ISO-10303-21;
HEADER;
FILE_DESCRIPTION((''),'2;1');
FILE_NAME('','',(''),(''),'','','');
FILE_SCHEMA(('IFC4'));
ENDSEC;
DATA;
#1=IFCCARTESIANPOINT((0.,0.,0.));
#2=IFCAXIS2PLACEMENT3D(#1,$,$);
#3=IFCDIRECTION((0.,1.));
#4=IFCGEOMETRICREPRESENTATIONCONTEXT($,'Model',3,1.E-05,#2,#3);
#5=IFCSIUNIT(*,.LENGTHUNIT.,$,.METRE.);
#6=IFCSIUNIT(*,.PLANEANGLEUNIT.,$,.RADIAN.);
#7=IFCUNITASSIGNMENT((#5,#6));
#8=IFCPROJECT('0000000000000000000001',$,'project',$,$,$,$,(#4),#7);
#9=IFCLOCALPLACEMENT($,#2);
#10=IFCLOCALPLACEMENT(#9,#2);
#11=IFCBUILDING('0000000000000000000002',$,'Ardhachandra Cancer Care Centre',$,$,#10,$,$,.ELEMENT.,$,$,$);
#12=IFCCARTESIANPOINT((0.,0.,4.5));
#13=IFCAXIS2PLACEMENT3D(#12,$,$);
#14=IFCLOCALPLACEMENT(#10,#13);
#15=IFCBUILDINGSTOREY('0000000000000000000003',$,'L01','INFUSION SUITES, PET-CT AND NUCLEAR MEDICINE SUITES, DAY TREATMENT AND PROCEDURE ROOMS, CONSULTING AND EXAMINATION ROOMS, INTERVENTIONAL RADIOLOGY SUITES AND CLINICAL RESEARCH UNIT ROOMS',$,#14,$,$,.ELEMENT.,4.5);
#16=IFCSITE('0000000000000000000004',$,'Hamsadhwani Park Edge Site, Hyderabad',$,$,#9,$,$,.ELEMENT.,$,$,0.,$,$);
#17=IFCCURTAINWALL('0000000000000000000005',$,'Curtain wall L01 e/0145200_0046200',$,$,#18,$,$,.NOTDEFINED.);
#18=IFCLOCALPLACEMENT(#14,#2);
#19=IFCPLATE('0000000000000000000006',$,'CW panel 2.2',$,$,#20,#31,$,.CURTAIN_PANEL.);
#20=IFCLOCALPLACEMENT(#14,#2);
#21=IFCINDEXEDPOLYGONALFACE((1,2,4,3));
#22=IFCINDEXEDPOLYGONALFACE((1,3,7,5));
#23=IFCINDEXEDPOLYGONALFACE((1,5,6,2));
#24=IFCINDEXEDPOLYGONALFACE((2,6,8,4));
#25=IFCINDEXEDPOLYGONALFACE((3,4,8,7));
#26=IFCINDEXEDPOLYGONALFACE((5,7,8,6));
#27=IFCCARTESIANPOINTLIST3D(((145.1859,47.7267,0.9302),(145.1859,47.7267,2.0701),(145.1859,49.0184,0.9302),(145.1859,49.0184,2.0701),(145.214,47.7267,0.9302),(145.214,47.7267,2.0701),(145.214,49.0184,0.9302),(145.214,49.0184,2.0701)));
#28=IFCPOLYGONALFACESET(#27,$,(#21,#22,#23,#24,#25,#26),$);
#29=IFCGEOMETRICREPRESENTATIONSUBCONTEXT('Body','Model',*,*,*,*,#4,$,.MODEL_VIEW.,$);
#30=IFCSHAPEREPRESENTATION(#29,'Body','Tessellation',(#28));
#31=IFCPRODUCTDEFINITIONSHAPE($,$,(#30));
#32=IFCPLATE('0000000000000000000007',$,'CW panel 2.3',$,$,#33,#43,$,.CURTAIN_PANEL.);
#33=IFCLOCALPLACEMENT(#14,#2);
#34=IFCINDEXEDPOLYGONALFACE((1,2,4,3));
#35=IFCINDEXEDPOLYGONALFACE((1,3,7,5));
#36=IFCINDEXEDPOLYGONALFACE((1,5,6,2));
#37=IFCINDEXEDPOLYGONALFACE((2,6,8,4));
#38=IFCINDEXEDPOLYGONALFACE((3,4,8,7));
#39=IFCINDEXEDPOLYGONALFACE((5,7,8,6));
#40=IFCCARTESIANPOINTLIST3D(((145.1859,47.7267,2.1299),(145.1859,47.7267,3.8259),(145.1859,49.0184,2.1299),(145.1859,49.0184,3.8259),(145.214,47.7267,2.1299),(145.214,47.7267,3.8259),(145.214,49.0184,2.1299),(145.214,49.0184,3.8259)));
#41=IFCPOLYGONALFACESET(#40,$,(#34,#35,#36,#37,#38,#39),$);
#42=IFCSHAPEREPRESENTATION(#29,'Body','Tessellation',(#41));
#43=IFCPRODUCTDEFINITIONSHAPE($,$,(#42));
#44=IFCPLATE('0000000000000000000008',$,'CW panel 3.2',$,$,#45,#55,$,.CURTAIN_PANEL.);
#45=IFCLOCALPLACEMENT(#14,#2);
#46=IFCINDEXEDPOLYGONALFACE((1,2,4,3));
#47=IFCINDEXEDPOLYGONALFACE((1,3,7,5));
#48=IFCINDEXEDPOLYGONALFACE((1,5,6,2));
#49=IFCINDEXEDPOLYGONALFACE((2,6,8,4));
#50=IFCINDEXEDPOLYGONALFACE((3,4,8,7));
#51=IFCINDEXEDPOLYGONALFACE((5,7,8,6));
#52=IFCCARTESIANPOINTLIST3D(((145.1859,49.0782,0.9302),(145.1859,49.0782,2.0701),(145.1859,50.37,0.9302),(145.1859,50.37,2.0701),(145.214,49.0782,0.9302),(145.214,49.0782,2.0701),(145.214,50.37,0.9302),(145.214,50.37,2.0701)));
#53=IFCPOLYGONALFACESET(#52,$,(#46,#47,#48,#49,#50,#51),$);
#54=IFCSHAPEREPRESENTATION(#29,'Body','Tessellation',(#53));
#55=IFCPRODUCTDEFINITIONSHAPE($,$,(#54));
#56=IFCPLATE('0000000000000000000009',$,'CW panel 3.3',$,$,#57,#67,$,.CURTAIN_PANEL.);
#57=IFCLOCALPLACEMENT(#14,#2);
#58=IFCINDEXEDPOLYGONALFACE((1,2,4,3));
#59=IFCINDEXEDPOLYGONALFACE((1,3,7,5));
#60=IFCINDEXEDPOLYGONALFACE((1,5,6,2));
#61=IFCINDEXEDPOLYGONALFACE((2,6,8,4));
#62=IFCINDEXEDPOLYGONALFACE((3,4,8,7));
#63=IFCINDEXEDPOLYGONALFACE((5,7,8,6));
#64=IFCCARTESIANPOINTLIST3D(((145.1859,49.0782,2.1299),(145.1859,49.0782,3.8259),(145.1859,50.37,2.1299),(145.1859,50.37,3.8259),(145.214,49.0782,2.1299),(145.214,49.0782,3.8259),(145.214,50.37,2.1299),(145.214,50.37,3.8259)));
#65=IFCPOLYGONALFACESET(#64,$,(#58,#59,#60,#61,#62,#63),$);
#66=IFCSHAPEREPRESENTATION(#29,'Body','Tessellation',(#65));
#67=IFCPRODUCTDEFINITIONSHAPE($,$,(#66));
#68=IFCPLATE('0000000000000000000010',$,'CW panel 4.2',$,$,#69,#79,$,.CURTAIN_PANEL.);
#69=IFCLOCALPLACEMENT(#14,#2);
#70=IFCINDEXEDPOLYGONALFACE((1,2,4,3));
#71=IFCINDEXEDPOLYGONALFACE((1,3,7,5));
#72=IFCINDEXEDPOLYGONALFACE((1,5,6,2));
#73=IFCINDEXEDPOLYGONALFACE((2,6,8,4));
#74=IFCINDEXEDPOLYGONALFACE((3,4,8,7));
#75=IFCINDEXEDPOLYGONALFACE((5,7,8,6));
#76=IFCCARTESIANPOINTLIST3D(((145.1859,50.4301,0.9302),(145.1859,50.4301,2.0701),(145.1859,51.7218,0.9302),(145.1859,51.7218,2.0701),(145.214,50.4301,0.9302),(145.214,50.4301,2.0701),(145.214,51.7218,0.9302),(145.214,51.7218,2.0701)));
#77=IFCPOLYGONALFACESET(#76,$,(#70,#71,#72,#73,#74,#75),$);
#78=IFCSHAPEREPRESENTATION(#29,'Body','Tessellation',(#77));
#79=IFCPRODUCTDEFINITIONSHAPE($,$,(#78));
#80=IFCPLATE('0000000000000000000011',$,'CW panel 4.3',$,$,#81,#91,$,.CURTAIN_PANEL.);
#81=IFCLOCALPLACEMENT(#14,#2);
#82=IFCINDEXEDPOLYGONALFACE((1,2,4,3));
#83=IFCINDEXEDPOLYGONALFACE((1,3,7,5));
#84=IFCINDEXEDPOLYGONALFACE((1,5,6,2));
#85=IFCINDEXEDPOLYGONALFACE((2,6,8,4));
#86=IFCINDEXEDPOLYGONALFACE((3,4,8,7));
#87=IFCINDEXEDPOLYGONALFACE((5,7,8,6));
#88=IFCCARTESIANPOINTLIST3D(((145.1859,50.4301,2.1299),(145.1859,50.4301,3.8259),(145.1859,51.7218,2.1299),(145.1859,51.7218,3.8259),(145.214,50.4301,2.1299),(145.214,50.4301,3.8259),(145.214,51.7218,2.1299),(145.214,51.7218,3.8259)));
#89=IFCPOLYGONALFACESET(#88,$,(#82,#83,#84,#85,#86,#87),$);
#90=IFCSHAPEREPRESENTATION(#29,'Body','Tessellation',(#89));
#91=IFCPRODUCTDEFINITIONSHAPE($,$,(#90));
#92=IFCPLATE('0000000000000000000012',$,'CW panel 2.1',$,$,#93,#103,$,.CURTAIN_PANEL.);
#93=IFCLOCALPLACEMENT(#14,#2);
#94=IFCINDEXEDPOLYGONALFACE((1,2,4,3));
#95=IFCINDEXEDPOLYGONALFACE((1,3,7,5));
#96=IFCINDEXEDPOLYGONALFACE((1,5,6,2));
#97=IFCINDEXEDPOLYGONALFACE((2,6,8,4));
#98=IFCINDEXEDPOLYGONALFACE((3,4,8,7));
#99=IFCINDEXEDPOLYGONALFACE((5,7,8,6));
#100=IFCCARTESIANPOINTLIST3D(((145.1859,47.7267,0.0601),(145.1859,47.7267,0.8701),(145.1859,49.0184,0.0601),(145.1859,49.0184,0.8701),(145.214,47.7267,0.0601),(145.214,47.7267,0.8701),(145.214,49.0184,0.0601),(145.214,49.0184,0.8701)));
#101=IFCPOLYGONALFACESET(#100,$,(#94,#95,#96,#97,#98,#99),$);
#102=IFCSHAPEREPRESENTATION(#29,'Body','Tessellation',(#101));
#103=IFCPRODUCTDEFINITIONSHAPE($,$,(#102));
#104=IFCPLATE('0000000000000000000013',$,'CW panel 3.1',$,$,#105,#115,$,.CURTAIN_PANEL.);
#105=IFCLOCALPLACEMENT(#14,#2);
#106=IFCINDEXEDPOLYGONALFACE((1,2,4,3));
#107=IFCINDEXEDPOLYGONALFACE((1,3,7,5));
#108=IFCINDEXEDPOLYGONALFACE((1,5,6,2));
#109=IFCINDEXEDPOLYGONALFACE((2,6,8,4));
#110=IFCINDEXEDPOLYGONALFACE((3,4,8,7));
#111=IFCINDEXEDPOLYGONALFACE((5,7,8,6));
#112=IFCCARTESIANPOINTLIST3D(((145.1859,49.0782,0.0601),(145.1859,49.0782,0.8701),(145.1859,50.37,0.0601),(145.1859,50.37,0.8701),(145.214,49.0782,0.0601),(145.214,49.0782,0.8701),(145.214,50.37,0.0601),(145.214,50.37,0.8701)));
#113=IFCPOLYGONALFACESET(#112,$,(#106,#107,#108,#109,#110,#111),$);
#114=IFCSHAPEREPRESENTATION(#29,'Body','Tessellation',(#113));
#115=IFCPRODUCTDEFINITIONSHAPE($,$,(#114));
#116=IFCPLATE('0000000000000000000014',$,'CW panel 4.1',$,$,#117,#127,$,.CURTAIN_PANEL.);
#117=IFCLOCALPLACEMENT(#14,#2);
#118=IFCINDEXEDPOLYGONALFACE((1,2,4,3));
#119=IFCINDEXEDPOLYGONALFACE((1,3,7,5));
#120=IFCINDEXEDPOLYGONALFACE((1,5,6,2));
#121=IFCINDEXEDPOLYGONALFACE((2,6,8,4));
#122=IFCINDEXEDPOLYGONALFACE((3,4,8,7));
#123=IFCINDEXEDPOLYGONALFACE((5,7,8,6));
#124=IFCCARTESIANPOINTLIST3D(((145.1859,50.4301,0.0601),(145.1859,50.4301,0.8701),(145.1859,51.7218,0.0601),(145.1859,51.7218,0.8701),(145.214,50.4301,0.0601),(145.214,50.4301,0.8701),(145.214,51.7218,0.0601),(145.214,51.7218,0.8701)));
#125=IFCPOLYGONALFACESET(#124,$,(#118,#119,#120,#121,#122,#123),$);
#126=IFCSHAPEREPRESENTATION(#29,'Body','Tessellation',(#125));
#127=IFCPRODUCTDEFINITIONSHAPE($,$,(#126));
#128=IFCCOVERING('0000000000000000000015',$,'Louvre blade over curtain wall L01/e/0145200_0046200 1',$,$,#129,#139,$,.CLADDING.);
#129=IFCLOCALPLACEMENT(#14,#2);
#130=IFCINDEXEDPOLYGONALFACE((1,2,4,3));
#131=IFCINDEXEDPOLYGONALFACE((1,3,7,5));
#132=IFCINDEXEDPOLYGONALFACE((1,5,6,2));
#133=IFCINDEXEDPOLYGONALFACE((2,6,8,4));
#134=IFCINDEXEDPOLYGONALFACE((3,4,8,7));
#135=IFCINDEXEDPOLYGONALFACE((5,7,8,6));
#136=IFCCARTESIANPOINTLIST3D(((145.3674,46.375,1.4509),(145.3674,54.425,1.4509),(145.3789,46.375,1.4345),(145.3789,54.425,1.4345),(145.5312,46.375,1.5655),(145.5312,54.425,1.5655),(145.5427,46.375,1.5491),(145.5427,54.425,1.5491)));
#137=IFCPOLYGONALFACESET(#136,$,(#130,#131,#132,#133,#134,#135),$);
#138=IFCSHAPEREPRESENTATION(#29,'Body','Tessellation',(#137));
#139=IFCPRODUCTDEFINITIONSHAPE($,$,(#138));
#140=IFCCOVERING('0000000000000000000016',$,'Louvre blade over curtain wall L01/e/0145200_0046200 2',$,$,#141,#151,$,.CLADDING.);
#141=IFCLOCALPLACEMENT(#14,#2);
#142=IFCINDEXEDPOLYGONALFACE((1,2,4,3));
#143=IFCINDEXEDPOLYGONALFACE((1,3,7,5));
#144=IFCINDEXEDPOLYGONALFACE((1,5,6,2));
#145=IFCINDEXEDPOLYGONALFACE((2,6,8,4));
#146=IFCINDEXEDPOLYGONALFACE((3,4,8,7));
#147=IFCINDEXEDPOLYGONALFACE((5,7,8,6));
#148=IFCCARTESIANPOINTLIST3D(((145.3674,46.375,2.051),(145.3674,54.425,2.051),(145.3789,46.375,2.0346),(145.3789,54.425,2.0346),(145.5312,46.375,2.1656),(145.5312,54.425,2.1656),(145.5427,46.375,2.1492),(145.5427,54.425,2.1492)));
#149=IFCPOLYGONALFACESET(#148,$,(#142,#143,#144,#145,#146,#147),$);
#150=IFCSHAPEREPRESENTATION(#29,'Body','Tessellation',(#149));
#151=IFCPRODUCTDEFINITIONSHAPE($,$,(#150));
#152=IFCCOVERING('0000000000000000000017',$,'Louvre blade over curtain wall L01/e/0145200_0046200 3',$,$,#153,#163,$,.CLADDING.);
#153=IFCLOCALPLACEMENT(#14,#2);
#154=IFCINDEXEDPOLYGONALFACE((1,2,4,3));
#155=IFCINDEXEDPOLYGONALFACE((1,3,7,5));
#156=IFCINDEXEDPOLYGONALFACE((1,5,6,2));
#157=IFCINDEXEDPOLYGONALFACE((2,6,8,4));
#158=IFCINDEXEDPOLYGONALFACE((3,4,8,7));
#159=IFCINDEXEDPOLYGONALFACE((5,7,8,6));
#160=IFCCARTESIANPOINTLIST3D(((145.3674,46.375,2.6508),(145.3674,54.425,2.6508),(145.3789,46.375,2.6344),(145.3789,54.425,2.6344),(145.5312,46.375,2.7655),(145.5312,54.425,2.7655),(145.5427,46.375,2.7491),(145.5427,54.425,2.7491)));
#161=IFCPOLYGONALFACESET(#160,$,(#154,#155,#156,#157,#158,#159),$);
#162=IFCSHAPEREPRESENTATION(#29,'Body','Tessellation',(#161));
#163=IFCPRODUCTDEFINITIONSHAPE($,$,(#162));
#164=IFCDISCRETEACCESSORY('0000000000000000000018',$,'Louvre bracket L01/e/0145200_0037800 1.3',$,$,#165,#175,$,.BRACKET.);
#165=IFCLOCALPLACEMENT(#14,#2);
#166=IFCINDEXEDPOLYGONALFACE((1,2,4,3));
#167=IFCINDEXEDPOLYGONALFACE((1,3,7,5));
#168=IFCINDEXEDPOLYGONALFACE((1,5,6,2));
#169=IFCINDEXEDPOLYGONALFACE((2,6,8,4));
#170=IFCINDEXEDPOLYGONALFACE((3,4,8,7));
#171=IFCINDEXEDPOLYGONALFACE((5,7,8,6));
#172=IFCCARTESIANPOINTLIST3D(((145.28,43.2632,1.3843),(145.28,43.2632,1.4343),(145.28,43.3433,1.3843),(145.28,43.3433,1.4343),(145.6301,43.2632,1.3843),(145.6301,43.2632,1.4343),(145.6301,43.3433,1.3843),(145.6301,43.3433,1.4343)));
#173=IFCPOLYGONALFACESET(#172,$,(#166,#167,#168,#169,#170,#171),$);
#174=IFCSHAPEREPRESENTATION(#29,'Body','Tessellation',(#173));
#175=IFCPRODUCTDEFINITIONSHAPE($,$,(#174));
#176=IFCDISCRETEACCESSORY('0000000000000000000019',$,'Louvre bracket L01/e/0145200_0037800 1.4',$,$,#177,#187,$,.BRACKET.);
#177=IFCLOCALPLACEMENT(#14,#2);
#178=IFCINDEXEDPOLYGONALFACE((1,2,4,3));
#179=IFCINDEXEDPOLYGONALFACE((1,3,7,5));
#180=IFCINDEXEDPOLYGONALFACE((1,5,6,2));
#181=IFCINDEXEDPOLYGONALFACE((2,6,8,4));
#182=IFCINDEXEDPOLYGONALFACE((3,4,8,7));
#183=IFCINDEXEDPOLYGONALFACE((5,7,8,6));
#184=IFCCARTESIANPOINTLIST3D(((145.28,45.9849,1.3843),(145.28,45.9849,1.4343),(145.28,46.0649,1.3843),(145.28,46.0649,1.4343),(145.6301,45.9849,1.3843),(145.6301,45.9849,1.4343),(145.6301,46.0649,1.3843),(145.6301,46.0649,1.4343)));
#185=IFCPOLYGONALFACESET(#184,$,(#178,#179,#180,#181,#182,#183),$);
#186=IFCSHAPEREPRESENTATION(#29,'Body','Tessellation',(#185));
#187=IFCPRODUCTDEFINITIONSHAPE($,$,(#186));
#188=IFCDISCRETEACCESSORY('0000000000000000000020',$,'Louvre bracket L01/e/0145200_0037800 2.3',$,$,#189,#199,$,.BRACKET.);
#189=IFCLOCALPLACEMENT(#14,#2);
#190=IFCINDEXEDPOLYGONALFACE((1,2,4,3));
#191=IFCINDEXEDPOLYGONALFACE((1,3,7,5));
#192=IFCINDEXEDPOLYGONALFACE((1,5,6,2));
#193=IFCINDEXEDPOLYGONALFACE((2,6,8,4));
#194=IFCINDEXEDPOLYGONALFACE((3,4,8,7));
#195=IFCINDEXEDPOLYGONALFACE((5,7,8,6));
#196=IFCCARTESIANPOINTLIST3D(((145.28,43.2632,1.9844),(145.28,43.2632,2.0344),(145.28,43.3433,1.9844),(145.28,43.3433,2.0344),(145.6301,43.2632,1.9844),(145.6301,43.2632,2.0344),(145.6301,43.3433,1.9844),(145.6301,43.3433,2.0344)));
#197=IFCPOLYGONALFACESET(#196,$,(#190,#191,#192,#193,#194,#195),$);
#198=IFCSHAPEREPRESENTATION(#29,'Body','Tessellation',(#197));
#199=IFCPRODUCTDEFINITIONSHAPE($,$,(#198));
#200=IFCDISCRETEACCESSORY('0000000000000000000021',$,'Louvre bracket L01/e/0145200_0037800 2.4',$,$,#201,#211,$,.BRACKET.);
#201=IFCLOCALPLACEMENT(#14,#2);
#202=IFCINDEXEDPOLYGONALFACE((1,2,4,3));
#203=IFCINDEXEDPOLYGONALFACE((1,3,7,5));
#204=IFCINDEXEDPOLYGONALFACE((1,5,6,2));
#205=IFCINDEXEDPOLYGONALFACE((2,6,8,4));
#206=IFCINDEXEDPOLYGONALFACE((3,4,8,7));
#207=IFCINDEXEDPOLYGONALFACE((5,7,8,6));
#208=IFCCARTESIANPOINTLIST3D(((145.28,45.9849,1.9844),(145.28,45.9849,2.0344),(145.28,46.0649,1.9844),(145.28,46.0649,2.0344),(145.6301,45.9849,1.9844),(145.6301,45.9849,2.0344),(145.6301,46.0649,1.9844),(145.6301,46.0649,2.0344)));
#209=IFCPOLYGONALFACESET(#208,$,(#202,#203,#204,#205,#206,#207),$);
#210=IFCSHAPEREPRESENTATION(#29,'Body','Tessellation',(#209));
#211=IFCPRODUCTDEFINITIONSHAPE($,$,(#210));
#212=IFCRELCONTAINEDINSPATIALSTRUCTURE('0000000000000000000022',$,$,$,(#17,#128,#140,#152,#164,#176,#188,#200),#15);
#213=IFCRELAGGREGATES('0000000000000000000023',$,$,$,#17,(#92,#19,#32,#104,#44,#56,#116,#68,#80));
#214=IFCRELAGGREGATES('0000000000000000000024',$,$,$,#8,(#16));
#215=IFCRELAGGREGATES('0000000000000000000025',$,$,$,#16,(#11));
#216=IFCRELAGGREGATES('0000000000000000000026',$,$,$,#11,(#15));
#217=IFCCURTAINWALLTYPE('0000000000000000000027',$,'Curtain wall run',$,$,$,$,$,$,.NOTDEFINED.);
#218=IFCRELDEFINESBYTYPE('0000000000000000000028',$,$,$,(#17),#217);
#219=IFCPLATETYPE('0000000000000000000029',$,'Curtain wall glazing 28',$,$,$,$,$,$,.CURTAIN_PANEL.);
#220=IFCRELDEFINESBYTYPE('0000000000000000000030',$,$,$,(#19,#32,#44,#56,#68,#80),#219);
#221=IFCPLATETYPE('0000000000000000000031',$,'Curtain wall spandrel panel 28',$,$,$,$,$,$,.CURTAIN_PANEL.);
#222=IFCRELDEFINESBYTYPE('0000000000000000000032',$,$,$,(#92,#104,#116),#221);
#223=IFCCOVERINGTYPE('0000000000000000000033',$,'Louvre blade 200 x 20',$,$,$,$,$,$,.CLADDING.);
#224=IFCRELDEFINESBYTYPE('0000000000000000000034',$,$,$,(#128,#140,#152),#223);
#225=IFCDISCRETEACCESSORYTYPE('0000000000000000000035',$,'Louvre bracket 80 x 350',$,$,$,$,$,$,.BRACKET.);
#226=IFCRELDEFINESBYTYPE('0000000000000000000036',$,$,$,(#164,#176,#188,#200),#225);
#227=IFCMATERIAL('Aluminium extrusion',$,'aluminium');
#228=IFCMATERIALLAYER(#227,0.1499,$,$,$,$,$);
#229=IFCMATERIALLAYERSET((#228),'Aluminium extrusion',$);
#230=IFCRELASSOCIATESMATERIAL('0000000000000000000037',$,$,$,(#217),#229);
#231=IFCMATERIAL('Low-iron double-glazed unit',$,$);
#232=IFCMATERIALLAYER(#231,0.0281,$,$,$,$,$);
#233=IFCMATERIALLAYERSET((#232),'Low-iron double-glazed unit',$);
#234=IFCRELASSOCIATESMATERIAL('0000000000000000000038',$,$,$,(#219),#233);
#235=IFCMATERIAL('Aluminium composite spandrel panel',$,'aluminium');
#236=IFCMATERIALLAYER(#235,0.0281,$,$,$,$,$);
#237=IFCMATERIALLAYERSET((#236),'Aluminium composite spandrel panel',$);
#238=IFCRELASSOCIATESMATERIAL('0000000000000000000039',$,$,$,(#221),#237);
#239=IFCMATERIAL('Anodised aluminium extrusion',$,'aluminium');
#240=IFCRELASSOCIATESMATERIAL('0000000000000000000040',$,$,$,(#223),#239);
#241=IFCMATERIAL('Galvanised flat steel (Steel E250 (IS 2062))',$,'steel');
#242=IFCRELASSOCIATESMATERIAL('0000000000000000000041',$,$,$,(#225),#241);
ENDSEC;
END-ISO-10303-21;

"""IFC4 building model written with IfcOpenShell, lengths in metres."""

from ifc_helpers import new_model, si_unit, direction, frame, origin, origin_2d, place, context, subcontext, project, spatial, rectangle, extrude, material, layer, layer_set, material_profile, profile_set, type_object, element, aggregate, save


model = new_model("IFC4")

# Units and contexts
model_context = context("Model", 3, precision=1e-05, world=origin(), true_north=direction((0.0, 1.0)))
body_context = subcontext(model_context, "Body", "Model", "MODEL_VIEW")
ifc_project = project(units=[si_unit("LENGTHUNIT", "METRE"), si_unit("PLANEANGLEUNIT", "RADIAN")], contexts=[model_context])

# Site, building, storey
site_placement = place(None, origin())
site = spatial("IfcSite", under=ifc_project, at=site_placement, Name="Hamsadhwani Park Edge Site, Hyderabad", CompositionType="ELEMENT", RefElevation=0.0)
building_placement = place(site_placement, origin())
building = spatial("IfcBuilding", under=site, at=building_placement, Name="Ardhachandra Cancer Care Centre", CompositionType="ELEMENT")
storey_placement = place(building_placement, frame((0.0, 0.0, 4.5)))
storey = spatial("IfcBuildingStorey", under=building, at=storey_placement, Name="L01", Description="INFUSION SUITES, PET-CT AND NUCLEAR MEDICINE SUITES, DAY TREATMENT AND PROCEDURE ROOMS, CONSULTING AND EXAMINATION ROOMS, INTERVENTIONAL RADIOLOGY SUITES AND CLINICAL RESEARCH UNIT ROOMS", CompositionType="ELEMENT", Elevation=4.5)

# Curtain wall, plates
ifc_material_1 = material(Name="Aluminium extrusion", Category="aluminium")
ifc_layer_1 = layer(ifc_material_1, 0.1499)
ifc_layer_set_1 = layer_set([ifc_layer_1], Name="Aluminium extrusion")
curtain_wall_type = type_object("IfcCurtainWallType", Name="Curtain wall run", PredefinedType="NOTDEFINED", material=ifc_layer_set_1)
curtain_wall_placement = place(storey_placement, origin())
curtain_wall = element("IfcCurtainWall", 1, at=curtain_wall_placement, inside=storey, type_object=curtain_wall_type, Name="Curtain wall L01 e/0145200_0046200", PredefinedType="NOTDEFINED")
ifc_material_2 = material(Name="Low-iron double-glazed unit")
ifc_layer_2 = layer(ifc_material_2, 0.0281)
ifc_layer_set_2 = layer_set([ifc_layer_2], Name="Low-iron double-glazed unit")
plate_type_1 = type_object("IfcPlateType", Name="Curtain wall glazing 28", PredefinedType="CURTAIN_PANEL", material=ifc_layer_set_2)
plate_1_placement = place(storey_placement, frame((145.2, 48.3726, 0.9302), z_axis=(0.0, 0.0, 1.0), x_axis=(0.0, 1.0, 0.0)))
plate_1 = element("IfcPlate", 2, at=plate_1_placement, type_object=plate_type_1, Name="CW panel 2.2", PredefinedType="CURTAIN_PANEL", context=body_context, shape_type="SweptSolid", body=[
    extrude(rectangle(XDim=1.2917, YDim=0.0281, at=origin_2d()), origin(), (0.0, 0.0, 1.0), 1.1399),
])
plate_2_placement = place(storey_placement, frame((145.2, 48.3726, 2.1299), z_axis=(0.0, 0.0, 1.0), x_axis=(0.0, 1.0, 0.0)))
plate_2 = element("IfcPlate", 3, at=plate_2_placement, type_object=plate_type_1, Name="CW panel 2.3", PredefinedType="CURTAIN_PANEL", context=body_context, shape_type="SweptSolid", body=[
    extrude(rectangle(XDim=1.2917, YDim=0.0281, at=origin_2d()), origin(), (0.0, 0.0, 1.0), 1.696),
])
plate_3_placement = place(storey_placement, frame((145.2, 49.7241, 0.9302), z_axis=(0.0, 0.0, 1.0), x_axis=(0.0, 1.0, 0.0)))
plate_3 = element("IfcPlate", 4, at=plate_3_placement, type_object=plate_type_1, Name="CW panel 3.2", PredefinedType="CURTAIN_PANEL", context=body_context, shape_type="SweptSolid", body=[
    extrude(rectangle(XDim=1.2917, YDim=0.0281, at=origin_2d()), origin(), (0.0, 0.0, 1.0), 1.1399),
])
plate_4_placement = place(storey_placement, frame((145.2, 49.7241, 2.1299), z_axis=(0.0, 0.0, 1.0), x_axis=(0.0, 1.0, 0.0)))
plate_4 = element("IfcPlate", 5, at=plate_4_placement, type_object=plate_type_1, Name="CW panel 3.3", PredefinedType="CURTAIN_PANEL", context=body_context, shape_type="SweptSolid", body=[
    extrude(rectangle(XDim=1.2917, YDim=0.0281, at=origin_2d()), origin(), (0.0, 0.0, 1.0), 1.696),
])
plate_5_placement = place(storey_placement, frame((145.2, 51.0759, 0.9302), z_axis=(0.0, 0.0, 1.0), x_axis=(0.0, 1.0, 0.0)))
plate_5 = element("IfcPlate", 6, at=plate_5_placement, type_object=plate_type_1, Name="CW panel 4.2", PredefinedType="CURTAIN_PANEL", context=body_context, shape_type="SweptSolid", body=[
    extrude(rectangle(XDim=1.2917, YDim=0.0281, at=origin_2d()), origin(), (0.0, 0.0, 1.0), 1.1399),
])
plate_6_placement = place(storey_placement, frame((145.2, 51.0759, 2.1299), z_axis=(0.0, 0.0, 1.0), x_axis=(0.0, 1.0, 0.0)))
plate_6 = element("IfcPlate", 7, at=plate_6_placement, type_object=plate_type_1, Name="CW panel 4.3", PredefinedType="CURTAIN_PANEL", context=body_context, shape_type="SweptSolid", body=[
    extrude(rectangle(XDim=1.2917, YDim=0.0281, at=origin_2d()), origin(), (0.0, 0.0, 1.0), 1.696),
])
ifc_material_3 = material(Name="Aluminium composite spandrel panel", Category="aluminium")
ifc_layer_3 = layer(ifc_material_3, 0.0281)
ifc_layer_set_3 = layer_set([ifc_layer_3], Name="Aluminium composite spandrel panel")
plate_type_2 = type_object("IfcPlateType", Name="Curtain wall spandrel panel 28", PredefinedType="CURTAIN_PANEL", material=ifc_layer_set_3)
plate_7_placement = place(storey_placement, frame((145.2, 48.3726, 0.0601), z_axis=(0.0, 0.0, 1.0), x_axis=(0.0, 1.0, 0.0)))
plate_7 = element("IfcPlate", 8, at=plate_7_placement, type_object=plate_type_2, Name="CW panel 2.1", PredefinedType="CURTAIN_PANEL", context=body_context, shape_type="SweptSolid", body=[
    extrude(rectangle(XDim=1.2917, YDim=0.0281, at=origin_2d()), origin(), (0.0, 0.0, 1.0), 0.8101),
])
plate_8_placement = place(storey_placement, frame((145.2, 49.7241, 0.0601), z_axis=(0.0, 0.0, 1.0), x_axis=(0.0, 1.0, 0.0)))
plate_8 = element("IfcPlate", 9, at=plate_8_placement, type_object=plate_type_2, Name="CW panel 3.1", PredefinedType="CURTAIN_PANEL", context=body_context, shape_type="SweptSolid", body=[
    extrude(rectangle(XDim=1.2917, YDim=0.0281, at=origin_2d()), origin(), (0.0, 0.0, 1.0), 0.8101),
])
plate_9_placement = place(storey_placement, frame((145.2, 51.0759, 0.0601), z_axis=(0.0, 0.0, 1.0), x_axis=(0.0, 1.0, 0.0)))
plate_9 = element("IfcPlate", 10, at=plate_9_placement, type_object=plate_type_2, Name="CW panel 4.1", PredefinedType="CURTAIN_PANEL", context=body_context, shape_type="SweptSolid", body=[
    extrude(rectangle(XDim=1.2917, YDim=0.0281, at=origin_2d()), origin(), (0.0, 0.0, 1.0), 0.8101),
])
aggregate(curtain_wall, [plate_7, plate_1, plate_2, plate_8, plate_3, plate_4, plate_9, plate_5, plate_6])

# Coverings
ifc_material_4 = material(Name="Anodised aluminium extrusion", Category="aluminium")
ifc_material_profile_1 = material_profile(ifc_material_4, rectangle(XDim=0.2, YDim=0.02, at=origin_2d()), Name="Louvre blade 200 x 20")
ifc_profile_set_1 = profile_set([ifc_material_profile_1], Name="Anodised aluminium extrusion")
covering_type = type_object("IfcCoveringType", Name="Louvre blade 200 x 20", PredefinedType="CLADDING", material=ifc_profile_set_1)
for number, where, z_axis, x_axis, name in (
    (11, (145.4551, 46.375, 1.5), (0.0, 1.0, 0.0), (-0.819152, 0.0, -0.573576), "Louvre blade over curtain wall L01/e/0145200_0046200 1"),
    (12, (145.4551, 46.375, 2.1001), (0.0, 1.0, 0.0), (-0.819152, 0.0, -0.573576), "Louvre blade over curtain wall L01/e/0145200_0046200 2"),
    (13, (145.4551, 46.375, 2.7), (0.0, 1.0, 0.0), (-0.819152, 0.0, -0.573576), "Louvre blade over curtain wall L01/e/0145200_0046200 3"),
):
    element("IfcCovering", number, at=place(storey_placement, frame(where, z_axis=z_axis, x_axis=x_axis)), inside=storey, type_object=covering_type, Name=name, PredefinedType="CLADDING", context=body_context, shape_type="SweptSolid", body=[
        extrude(rectangle(XDim=0.2, YDim=0.02, at=origin_2d()), origin(), (0.0, 0.0, 1.0), 8.05),
    ])

# Discrete accessories
ifc_material_5 = material(Name="Galvanised flat steel (Steel E250 (IS 2062))", Category="steel")
discrete_accessory_type = type_object("IfcDiscreteAccessoryType", Name="Louvre bracket 80 x 350", PredefinedType="BRACKET", material=ifc_material_5)
for number, where, z_axis, x_axis, name in (
    (14, (145.4551, 43.3032, 1.3843), (0.0, 0.0, 1.0), (0.0, 1.0, 0.0), "Louvre bracket L01/e/0145200_0037800 1.3"),
    (15, (145.4551, 46.0249, 1.3843), (0.0, 0.0, 1.0), (0.0, 1.0, 0.0), "Louvre bracket L01/e/0145200_0037800 1.4"),
    (16, (145.4551, 43.3032, 1.9844), (0.0, 0.0, 1.0), (0.0, 1.0, 0.0), "Louvre bracket L01/e/0145200_0037800 2.3"),
    (17, (145.4551, 46.0249, 1.9844), (0.0, 0.0, 1.0), (0.0, 1.0, 0.0), "Louvre bracket L01/e/0145200_0037800 2.4"),
):
    element("IfcDiscreteAccessory", number, at=place(storey_placement, frame(where, z_axis=z_axis, x_axis=x_axis)), inside=storey, type_object=discrete_accessory_type, Name=name, PredefinedType="BRACKET", context=body_context, shape_type="SweptSolid", body=[
        extrude(rectangle(XDim=0.0801, YDim=0.3501, at=origin_2d()), origin(), (0.0, 0.0, 1.0), 0.05),
    ])

save(model, "model.ifc")
